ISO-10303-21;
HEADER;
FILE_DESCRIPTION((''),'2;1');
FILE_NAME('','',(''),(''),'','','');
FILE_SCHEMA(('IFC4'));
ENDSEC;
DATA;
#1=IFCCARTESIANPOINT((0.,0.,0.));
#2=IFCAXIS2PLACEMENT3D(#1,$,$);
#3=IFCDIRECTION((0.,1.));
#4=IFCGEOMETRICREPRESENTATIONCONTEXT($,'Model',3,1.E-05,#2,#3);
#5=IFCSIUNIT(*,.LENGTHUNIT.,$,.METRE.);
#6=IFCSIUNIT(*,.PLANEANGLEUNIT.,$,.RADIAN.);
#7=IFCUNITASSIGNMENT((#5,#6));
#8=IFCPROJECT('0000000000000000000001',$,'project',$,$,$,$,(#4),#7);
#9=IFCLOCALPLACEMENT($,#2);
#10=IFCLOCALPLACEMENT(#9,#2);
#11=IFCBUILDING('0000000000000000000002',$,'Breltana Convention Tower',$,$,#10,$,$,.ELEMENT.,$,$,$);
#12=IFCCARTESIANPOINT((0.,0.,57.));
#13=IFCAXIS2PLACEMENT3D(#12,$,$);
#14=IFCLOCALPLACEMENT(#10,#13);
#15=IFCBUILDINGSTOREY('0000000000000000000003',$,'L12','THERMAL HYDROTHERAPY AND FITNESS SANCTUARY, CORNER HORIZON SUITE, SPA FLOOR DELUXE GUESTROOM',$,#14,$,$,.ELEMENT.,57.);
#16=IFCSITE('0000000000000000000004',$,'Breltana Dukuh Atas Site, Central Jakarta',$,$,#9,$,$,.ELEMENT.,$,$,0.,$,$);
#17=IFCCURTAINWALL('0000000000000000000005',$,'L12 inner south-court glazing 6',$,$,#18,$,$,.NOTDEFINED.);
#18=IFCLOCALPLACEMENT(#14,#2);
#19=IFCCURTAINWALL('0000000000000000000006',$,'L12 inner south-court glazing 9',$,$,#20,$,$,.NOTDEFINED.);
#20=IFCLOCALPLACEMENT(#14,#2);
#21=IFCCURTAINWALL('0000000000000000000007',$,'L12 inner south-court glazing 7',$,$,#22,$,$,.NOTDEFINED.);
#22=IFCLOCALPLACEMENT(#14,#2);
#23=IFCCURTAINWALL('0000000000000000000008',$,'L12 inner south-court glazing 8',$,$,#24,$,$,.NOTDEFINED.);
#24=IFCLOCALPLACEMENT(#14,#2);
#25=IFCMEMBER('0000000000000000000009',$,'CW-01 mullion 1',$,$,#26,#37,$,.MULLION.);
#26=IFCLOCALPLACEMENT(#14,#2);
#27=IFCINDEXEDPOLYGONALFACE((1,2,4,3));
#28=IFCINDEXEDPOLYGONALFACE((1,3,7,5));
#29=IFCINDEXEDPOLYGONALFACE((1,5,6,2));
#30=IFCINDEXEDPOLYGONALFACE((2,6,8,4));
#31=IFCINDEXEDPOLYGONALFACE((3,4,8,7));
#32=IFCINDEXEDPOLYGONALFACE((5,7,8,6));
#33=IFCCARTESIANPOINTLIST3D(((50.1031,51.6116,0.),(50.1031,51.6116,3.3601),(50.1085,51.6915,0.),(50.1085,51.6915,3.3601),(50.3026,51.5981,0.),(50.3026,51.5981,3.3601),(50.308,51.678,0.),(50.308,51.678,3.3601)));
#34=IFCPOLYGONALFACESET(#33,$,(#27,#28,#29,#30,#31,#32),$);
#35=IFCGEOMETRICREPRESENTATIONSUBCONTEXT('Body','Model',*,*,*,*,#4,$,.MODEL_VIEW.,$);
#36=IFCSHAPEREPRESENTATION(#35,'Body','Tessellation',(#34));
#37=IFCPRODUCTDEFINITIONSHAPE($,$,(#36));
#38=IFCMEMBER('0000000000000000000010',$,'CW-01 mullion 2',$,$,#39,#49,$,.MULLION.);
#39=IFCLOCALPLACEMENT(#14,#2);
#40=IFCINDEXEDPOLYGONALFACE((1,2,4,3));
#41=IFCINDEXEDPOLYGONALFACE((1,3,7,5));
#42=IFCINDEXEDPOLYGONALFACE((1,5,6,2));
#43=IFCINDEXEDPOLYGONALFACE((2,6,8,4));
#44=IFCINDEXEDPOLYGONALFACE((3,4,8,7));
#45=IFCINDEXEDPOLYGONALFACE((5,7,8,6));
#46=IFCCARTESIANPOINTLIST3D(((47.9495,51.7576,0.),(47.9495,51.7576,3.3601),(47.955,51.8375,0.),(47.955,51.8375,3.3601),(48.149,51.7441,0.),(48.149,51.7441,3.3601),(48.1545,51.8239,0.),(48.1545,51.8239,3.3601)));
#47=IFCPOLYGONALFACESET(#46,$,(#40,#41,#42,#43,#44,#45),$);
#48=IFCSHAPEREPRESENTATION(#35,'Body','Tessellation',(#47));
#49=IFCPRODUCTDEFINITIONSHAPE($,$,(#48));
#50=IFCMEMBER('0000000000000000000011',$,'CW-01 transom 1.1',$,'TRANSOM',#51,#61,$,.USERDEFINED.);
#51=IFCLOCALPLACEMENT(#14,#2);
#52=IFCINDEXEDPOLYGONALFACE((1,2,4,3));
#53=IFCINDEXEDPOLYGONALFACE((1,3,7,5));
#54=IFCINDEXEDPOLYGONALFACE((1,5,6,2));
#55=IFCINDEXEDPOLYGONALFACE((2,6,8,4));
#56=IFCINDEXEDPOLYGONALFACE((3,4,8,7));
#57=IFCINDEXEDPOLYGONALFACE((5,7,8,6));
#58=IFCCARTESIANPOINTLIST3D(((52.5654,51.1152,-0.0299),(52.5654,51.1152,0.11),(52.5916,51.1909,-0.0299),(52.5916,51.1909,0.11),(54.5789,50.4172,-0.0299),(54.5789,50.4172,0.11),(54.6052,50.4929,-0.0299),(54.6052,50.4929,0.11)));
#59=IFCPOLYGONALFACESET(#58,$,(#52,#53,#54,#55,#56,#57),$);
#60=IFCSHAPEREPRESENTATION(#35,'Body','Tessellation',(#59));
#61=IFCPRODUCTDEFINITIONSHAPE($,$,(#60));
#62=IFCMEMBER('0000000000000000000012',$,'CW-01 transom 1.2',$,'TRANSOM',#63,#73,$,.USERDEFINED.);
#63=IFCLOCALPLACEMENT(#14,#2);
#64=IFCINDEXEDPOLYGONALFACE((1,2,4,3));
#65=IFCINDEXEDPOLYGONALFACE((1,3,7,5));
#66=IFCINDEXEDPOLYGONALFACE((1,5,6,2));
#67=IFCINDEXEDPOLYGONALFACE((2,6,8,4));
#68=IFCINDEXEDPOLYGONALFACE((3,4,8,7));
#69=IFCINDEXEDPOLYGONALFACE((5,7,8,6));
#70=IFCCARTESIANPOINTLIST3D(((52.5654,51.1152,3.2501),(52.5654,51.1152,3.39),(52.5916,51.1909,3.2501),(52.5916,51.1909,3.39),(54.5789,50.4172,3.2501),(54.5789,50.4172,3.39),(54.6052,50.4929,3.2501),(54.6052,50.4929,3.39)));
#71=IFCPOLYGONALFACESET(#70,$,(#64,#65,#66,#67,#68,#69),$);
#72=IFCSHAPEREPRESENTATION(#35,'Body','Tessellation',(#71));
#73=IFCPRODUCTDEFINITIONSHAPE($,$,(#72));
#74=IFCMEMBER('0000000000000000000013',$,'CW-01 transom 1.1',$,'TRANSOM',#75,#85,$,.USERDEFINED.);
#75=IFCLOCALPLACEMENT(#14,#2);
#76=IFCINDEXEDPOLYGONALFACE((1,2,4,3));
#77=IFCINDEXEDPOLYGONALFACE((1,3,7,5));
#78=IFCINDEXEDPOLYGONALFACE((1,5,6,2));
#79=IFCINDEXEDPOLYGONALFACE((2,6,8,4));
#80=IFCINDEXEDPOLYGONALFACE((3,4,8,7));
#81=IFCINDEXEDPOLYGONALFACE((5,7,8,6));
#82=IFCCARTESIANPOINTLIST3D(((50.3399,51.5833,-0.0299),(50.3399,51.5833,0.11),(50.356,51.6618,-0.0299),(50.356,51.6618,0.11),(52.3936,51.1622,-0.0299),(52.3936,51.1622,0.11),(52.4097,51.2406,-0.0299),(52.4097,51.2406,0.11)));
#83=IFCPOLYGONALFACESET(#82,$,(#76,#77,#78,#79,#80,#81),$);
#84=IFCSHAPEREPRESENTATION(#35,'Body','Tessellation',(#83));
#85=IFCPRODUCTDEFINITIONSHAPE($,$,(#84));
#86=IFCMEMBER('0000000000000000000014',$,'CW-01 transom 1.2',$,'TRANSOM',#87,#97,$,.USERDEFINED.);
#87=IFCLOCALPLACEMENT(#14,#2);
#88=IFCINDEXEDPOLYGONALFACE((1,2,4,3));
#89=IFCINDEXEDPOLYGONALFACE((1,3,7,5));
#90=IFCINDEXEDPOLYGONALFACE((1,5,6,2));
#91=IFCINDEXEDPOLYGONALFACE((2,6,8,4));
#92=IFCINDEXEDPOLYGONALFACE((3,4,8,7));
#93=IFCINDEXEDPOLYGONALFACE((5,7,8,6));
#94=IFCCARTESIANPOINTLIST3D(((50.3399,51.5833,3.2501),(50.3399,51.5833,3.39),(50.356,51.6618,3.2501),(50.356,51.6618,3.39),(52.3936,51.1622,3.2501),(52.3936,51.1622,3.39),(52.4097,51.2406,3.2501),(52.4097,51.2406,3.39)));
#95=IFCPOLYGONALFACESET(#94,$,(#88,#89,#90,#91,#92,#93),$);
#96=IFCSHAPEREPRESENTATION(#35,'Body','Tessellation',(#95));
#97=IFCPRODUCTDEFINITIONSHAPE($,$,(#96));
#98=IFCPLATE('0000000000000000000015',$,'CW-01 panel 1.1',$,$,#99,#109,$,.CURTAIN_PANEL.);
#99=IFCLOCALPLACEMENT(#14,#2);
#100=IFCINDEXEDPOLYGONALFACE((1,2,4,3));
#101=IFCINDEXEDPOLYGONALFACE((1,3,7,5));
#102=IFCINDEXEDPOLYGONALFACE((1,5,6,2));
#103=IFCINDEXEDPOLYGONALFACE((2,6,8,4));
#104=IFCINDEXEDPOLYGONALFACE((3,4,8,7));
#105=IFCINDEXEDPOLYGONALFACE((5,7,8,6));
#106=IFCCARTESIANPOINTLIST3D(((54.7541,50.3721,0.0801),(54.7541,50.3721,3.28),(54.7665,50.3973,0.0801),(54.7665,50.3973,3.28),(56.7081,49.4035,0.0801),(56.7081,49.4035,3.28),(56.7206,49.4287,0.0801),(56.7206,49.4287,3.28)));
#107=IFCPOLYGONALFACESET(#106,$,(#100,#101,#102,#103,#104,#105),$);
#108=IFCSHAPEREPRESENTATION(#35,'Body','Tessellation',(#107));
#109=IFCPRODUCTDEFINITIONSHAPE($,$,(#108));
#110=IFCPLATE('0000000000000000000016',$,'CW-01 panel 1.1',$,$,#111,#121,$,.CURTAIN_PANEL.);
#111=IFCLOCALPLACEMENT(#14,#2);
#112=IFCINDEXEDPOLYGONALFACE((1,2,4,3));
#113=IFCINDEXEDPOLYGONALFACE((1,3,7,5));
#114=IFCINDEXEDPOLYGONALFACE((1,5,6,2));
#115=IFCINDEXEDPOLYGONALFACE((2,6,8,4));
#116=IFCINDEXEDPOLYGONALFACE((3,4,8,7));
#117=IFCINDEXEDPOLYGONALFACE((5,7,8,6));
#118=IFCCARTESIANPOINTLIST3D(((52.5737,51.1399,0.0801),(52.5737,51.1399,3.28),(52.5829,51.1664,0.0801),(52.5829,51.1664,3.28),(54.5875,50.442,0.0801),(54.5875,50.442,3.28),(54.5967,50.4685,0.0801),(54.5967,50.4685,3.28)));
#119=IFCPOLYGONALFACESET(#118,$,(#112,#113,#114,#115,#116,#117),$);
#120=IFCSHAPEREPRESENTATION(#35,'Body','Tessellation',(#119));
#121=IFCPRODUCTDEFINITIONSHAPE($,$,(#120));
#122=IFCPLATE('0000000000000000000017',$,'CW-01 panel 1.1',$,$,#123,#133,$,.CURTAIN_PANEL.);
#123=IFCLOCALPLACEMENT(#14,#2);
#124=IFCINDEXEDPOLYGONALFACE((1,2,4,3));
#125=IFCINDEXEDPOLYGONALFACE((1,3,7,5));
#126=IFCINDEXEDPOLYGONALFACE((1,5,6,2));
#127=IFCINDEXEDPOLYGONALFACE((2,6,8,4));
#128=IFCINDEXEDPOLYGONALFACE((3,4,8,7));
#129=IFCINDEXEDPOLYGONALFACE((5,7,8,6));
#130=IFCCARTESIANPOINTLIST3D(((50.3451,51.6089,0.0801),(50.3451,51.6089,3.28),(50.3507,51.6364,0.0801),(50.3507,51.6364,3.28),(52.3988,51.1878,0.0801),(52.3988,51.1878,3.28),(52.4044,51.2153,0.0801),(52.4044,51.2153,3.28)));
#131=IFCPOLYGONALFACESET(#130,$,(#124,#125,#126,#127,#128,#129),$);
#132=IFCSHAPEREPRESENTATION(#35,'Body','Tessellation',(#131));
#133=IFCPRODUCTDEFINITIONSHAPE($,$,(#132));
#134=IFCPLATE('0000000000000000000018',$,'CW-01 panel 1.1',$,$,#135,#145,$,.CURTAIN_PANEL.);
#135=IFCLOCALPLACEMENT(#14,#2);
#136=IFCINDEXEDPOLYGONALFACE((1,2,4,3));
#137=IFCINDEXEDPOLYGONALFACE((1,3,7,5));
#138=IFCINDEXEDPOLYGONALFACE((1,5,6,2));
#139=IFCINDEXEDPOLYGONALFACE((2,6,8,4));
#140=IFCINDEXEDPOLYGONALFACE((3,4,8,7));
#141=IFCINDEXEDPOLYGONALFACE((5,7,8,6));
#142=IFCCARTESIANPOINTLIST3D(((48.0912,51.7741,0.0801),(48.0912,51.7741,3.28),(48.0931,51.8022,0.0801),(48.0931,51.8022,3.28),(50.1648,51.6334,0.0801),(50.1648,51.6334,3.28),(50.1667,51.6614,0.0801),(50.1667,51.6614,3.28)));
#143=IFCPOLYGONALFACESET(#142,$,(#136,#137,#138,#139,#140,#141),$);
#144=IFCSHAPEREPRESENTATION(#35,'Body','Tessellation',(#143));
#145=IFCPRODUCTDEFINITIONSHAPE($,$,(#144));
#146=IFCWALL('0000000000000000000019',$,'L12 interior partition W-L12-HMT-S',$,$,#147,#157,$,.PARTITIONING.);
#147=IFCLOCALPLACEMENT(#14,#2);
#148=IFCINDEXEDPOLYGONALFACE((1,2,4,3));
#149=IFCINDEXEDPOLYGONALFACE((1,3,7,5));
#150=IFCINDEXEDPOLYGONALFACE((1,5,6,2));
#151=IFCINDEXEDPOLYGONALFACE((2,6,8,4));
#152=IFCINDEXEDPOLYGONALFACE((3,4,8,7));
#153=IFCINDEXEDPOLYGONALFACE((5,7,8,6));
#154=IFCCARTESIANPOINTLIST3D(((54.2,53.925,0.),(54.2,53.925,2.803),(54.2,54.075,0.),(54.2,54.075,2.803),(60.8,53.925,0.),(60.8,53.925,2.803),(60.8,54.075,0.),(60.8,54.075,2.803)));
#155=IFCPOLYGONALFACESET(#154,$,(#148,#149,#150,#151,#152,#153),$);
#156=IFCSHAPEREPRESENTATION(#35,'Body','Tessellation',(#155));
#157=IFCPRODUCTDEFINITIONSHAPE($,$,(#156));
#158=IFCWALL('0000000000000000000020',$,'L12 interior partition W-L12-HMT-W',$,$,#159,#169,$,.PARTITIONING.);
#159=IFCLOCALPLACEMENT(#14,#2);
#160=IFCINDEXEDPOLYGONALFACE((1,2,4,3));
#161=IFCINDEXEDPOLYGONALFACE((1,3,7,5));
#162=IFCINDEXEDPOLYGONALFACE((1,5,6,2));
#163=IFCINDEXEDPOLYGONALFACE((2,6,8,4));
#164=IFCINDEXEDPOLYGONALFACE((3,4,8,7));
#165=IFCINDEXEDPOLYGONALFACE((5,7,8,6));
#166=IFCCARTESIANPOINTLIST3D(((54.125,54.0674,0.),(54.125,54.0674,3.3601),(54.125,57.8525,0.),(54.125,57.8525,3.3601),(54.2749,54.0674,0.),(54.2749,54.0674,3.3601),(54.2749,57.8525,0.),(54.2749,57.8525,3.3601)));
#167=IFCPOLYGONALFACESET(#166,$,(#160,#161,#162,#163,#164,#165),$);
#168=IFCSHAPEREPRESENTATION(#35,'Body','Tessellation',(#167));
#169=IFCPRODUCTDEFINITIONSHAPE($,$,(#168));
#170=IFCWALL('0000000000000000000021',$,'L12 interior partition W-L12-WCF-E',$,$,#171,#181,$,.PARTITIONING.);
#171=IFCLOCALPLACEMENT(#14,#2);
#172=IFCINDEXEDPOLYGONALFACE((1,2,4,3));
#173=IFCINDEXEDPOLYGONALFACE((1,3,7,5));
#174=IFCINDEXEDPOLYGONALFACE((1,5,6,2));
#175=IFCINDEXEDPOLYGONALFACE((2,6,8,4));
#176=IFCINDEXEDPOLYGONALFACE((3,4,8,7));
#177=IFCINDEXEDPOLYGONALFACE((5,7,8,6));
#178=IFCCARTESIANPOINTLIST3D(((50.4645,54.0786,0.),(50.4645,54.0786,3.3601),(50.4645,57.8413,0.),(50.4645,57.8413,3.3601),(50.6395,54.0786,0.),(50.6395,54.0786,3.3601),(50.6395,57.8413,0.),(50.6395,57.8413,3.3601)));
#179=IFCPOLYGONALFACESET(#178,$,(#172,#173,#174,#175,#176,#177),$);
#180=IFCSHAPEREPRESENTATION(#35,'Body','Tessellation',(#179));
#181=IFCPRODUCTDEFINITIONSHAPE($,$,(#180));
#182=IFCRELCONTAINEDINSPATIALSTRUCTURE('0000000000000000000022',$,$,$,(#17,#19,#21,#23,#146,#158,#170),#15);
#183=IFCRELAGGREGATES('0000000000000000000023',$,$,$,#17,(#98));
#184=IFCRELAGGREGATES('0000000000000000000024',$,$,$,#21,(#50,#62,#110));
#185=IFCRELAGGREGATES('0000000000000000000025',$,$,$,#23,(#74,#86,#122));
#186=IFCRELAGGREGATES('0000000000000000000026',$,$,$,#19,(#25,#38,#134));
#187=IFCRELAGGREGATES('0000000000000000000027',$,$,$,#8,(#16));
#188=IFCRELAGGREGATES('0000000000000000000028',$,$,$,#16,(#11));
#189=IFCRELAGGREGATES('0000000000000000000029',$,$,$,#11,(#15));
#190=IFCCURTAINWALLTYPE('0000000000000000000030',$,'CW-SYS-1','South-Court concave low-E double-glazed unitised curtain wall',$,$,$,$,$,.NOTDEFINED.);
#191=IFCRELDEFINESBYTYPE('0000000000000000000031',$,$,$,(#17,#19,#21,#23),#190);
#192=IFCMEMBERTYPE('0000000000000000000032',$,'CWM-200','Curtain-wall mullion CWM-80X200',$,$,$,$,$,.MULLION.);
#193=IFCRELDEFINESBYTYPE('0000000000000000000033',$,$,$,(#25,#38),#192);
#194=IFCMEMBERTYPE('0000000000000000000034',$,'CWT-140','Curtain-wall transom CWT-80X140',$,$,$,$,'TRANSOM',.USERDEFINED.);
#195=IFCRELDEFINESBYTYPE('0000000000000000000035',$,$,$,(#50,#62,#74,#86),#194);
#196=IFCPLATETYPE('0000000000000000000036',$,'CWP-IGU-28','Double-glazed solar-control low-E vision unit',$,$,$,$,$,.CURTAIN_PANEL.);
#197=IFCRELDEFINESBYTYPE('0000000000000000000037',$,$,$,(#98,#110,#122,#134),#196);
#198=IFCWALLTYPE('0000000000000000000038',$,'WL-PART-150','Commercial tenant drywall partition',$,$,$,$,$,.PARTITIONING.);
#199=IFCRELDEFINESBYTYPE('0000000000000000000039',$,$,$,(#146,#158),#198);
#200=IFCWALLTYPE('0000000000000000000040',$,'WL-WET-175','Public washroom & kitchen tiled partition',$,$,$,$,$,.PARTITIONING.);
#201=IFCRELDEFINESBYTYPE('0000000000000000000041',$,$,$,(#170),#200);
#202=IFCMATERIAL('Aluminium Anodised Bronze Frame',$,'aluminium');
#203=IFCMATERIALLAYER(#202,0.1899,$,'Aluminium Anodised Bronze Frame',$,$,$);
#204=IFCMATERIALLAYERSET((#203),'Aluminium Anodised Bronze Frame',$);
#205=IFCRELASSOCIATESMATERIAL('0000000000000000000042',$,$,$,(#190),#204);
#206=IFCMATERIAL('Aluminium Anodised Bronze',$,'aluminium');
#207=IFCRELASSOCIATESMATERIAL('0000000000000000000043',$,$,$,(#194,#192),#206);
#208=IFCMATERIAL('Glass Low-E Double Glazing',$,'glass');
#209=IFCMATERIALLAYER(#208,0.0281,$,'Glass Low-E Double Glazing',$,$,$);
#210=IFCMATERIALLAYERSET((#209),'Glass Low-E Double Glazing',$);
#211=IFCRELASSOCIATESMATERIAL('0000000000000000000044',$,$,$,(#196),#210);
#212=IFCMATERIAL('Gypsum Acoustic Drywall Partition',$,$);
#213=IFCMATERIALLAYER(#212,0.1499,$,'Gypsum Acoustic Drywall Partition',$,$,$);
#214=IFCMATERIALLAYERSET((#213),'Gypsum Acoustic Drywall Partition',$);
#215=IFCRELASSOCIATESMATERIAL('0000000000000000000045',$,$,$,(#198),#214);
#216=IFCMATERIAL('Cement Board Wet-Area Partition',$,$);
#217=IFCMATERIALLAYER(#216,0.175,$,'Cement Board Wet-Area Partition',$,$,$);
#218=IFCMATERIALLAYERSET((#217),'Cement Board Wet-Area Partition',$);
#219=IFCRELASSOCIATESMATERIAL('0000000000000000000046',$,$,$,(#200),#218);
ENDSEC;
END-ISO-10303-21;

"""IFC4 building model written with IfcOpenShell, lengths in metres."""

from ifc_helpers import new_model, si_unit, direction, frame, frame_2d, origin, origin_2d, place, context, subcontext, project, spatial, rectangle, extrude, source, transform, mapped, material, layer, layer_set, material_profile, profile_set, type_object, element, aggregate, save


model = new_model("IFC4")

# Units and contexts
model_context = context("Model", 3, precision=1e-05, world=origin(), true_north=direction((0.0, 1.0)))
body_context = subcontext(model_context, "Body", "Model", "MODEL_VIEW")
ifc_project = project(units=[si_unit("LENGTHUNIT", "METRE"), si_unit("PLANEANGLEUNIT", "RADIAN")], contexts=[model_context])

# Site, building, storey
site_placement = place(None, origin())
site = spatial("IfcSite", under=ifc_project, at=site_placement, Name="Breltana Dukuh Atas Site, Central Jakarta", CompositionType="ELEMENT", RefElevation=0.0)
building_placement = place(site_placement, origin())
building = spatial("IfcBuilding", under=site, at=building_placement, Name="Breltana Convention Tower", CompositionType="ELEMENT")
storey_placement = place(building_placement, frame((0.0, 0.0, 57.0)))
storey = spatial("IfcBuildingStorey", under=building, at=storey_placement, Name="L12", Description="THERMAL HYDROTHERAPY AND FITNESS SANCTUARY, CORNER HORIZON SUITE, SPA FLOOR DELUXE GUESTROOM", CompositionType="ELEMENT", Elevation=57.0)

# Curtain wall
ifc_material_1 = material(Name="Aluminium Anodised Bronze Frame", Category="aluminium")
ifc_layer_1 = layer(ifc_material_1, 0.1899, Name="Aluminium Anodised Bronze Frame")
ifc_layer_set_1 = layer_set([ifc_layer_1], Name="Aluminium Anodised Bronze Frame")
curtain_wall_type = type_object("IfcCurtainWallType", Name="CW-SYS-1", Description="South-Court concave low-E double-glazed unitised curtain wall", PredefinedType="NOTDEFINED", material=ifc_layer_set_1)
curtain_wall_1_placement = place(storey_placement, origin())
curtain_wall_1 = element("IfcCurtainWall", 1, at=curtain_wall_1_placement, inside=storey, type_object=curtain_wall_type, Name="L12 inner south-court glazing 6", PredefinedType="NOTDEFINED")
ifc_material_2 = material(Name="Aluminium Anodised Bronze", Category="aluminium")
ifc_material_profile_1 = material_profile(ifc_material_2, rectangle(XDim=0.0801, YDim=0.1399, at=origin_2d()), Name="CWT-80X140")
ifc_profile_set_1 = profile_set([ifc_material_profile_1], Name="Aluminium Anodised Bronze")
member_type_1 = type_object("IfcMemberType", Name="CWT-140", Description="Curtain-wall transom CWT-80X140", ElementType="TRANSOM", PredefinedType="USERDEFINED", material=ifc_profile_set_1)

# Curtain wall
curtain_wall_2_placement = place(storey_placement, origin())
curtain_wall_2 = element("IfcCurtainWall", 2, at=curtain_wall_2_placement, inside=storey, type_object=curtain_wall_type, Name="L12 inner south-court glazing 9", PredefinedType="NOTDEFINED")

# Shared definitions
ifc_material_profile_2 = material_profile(ifc_material_2, rectangle(XDim=0.0801, YDim=0.2, at=origin_2d()), Name="CWM-80X200")
ifc_profile_set_2 = profile_set([ifc_material_profile_2], Name="Aluminium Anodised Bronze")
member_type_2 = type_object("IfcMemberType", Name="CWM-200", Description="Curtain-wall mullion CWM-80X200", PredefinedType="MULLION", material=ifc_profile_set_2)
shared_shape_1 = source(origin(), body_context, "Body", "SweptSolid", [
    extrude(rectangle(XDim=0.0801, YDim=0.2, at=origin_2d()), origin(), (0.0, 0.0, 1.0), 3.3601),
])

# Curtain walls
curtain_wall_3_placement = place(storey_placement, origin())
curtain_wall_3 = element("IfcCurtainWall", 3, at=curtain_wall_3_placement, inside=storey, type_object=curtain_wall_type, Name="L12 inner south-court glazing 7", PredefinedType="NOTDEFINED")
curtain_wall_4_placement = place(storey_placement, origin())
curtain_wall_4 = element("IfcCurtainWall", 4, at=curtain_wall_4_placement, inside=storey, type_object=curtain_wall_type, Name="L12 inner south-court glazing 8", PredefinedType="NOTDEFINED")

# Members
member_1_placement = place(storey_placement, frame((50.2056, 51.6448, 0.0), z_axis=(0.0, 0.0, 1.0), x_axis=(-0.067726, -0.997704, 0.0)))
member_1 = element("IfcMember", 5, at=member_1_placement, type_object=member_type_2, Name="CW-01 mullion 1", PredefinedType="MULLION", context=body_context, shape_type="MappedRepresentation", body=[
    mapped(shared_shape_1, transform((0.0, 0.0, 0.0), scale=1.0)),
])
member_2_placement = place(storey_placement, frame((48.052, 51.7908, 0.0), z_axis=(0.0, 0.0, 1.0), x_axis=(-0.067726, -0.997704, 0.0)))
member_2 = element("IfcMember", 6, at=member_2_placement, type_object=member_type_2, Name="CW-01 mullion 2", PredefinedType="MULLION", context=body_context, shape_type="MappedRepresentation", body=[
    mapped(shared_shape_1, transform((0.0, 0.0, 0.0), scale=1.0)),
])
shared_shape_2 = source(origin(), body_context, "Body", "SweptSolid", [
    extrude(rectangle(XDim=0.0801, YDim=0.1399, at=origin_2d()), origin(), (0.0, 0.0, 1.0), 2.1311),
])
member_3_placement = place(storey_placement, frame((54.592, 50.4551, 0.04), z_axis=(-0.944847, 0.327512, 0.0), x_axis=(-0.327512, -0.944847, 0.0)))
member_3 = element("IfcMember", 7, at=member_3_placement, type_object=member_type_1, Name="CW-01 transom 1.1", ObjectType="TRANSOM", PredefinedType="USERDEFINED", context=body_context, shape_type="MappedRepresentation", body=[
    mapped(shared_shape_2, transform((0.0, 0.0, 0.0), scale=1.0)),
])
member_4_placement = place(storey_placement, frame((54.592, 50.4551, 3.3201), z_axis=(-0.944847, 0.327512, 0.0), x_axis=(-0.327512, -0.944847, 0.0)))
member_4 = element("IfcMember", 8, at=member_4_placement, type_object=member_type_1, Name="CW-01 transom 1.2", ObjectType="TRANSOM", PredefinedType="USERDEFINED", context=body_context, shape_type="MappedRepresentation", body=[
    mapped(shared_shape_2, transform((0.0, 0.0, 0.0), scale=1.0)),
])
shared_shape_3 = source(origin(), body_context, "Body", "SweptSolid", [
    extrude(rectangle(XDim=0.0801, YDim=0.1399, at=origin_2d()), origin(), (0.0, 0.0, 1.0), 2.0964),
])
member_5_placement = place(storey_placement, frame((52.4016, 51.2014, 0.04), z_axis=(-0.979615, 0.200884, 0.0), x_axis=(-0.200884, -0.979615, 0.0)))
member_5 = element("IfcMember", 9, at=member_5_placement, type_object=member_type_1, Name="CW-01 transom 1.1", ObjectType="TRANSOM", PredefinedType="USERDEFINED", context=body_context, shape_type="MappedRepresentation", body=[
    mapped(shared_shape_3, transform((0.0, 0.0, 0.0), scale=1.0)),
])
member_6_placement = place(storey_placement, frame((52.4016, 51.2014, 3.3201), z_axis=(-0.979615, 0.200884, 0.0), x_axis=(-0.200884, -0.979615, 0.0)))
member_6 = element("IfcMember", 10, at=member_6_placement, type_object=member_type_1, Name="CW-01 transom 1.2", ObjectType="TRANSOM", PredefinedType="USERDEFINED", context=body_context, shape_type="MappedRepresentation", body=[
    mapped(shared_shape_3, transform((0.0, 0.0, 0.0), scale=1.0)),
])

# Plates
ifc_material_3 = material(Name="Glass Low-E Double Glazing", Category="glass")
ifc_layer_2 = layer(ifc_material_3, 0.0281, Name="Glass Low-E Double Glazing")
ifc_layer_set_2 = layer_set([ifc_layer_2], Name="Glass Low-E Double Glazing")
plate_type = type_object("IfcPlateType", Name="CWP-IGU-28", Description="Double-glazed solar-control low-E vision unit", PredefinedType="CURTAIN_PANEL", material=ifc_layer_set_2)
shared_shape_4 = source(origin(), body_context, "Body", "SweptSolid", [
    extrude(rectangle(XDim=2.1809, YDim=0.0281, at=origin_2d()), origin(), (0.0, 0.0, 1.0), 3.2),
])
plate_1_placement = place(storey_placement, frame((55.7373, 49.9004, 0.0801), z_axis=(0.0, 0.0, 1.0), x_axis=(-0.895968, 0.444118, 0.0)))
plate_1 = element("IfcPlate", 11, at=plate_1_placement, type_object=plate_type, Name="CW-01 panel 1.1", PredefinedType="CURTAIN_PANEL", context=body_context, shape_type="MappedRepresentation", body=[
    mapped(shared_shape_4, transform((0.0, 0.0, 0.0), scale=1.0)),
])
aggregate(curtain_wall_1, [plate_1])
shared_shape_5 = source(origin(), body_context, "Body", "SweptSolid", [
    extrude(rectangle(XDim=2.1313, YDim=0.0281, at=origin_2d()), origin(), (0.0, 0.0, 1.0), 3.2),
])
plate_2_placement = place(storey_placement, frame((53.5852, 50.8042, 0.0801), z_axis=(0.0, 0.0, 1.0), x_axis=(-0.944881, 0.327413, 0.0)))
plate_2 = element("IfcPlate", 12, at=plate_2_placement, type_object=plate_type, Name="CW-01 panel 1.1", PredefinedType="CURTAIN_PANEL", context=body_context, shape_type="MappedRepresentation", body=[
    mapped(shared_shape_5, transform((0.0, 0.0, 0.0), scale=1.0)),
])
aggregate(curtain_wall_3, [member_3, member_4, plate_2])
shared_shape_6 = source(origin(), body_context, "Body", "SweptSolid", [
    extrude(rectangle(XDim=2.0964, YDim=0.0281, at=origin_2d()), origin(), (0.0, 0.0, 1.0), 3.2),
])
plate_3_placement = place(storey_placement, frame((51.3748, 51.4121, 0.0801), z_axis=(0.0, 0.0, 1.0), x_axis=(-0.979615, 0.200886, 0.0)))
plate_3 = element("IfcPlate", 13, at=plate_3_placement, type_object=plate_type, Name="CW-01 panel 1.1", PredefinedType="CURTAIN_PANEL", context=body_context, shape_type="MappedRepresentation", body=[
    mapped(shared_shape_6, transform((0.0, 0.0, 0.0), scale=1.0)),
])
aggregate(curtain_wall_4, [member_5, member_6, plate_3])
shared_shape_7 = source(origin(), body_context, "Body", "SweptSolid", [
    extrude(rectangle(XDim=2.0784, YDim=0.0281, at=origin_2d()), origin(), (0.0, 0.0, 1.0), 3.2),
])
plate_4_placement = place(storey_placement, frame((49.1289, 51.7178, 0.0801), z_axis=(0.0, 0.0, 1.0), x_axis=(-0.997704, 0.067726, 0.0)))
plate_4 = element("IfcPlate", 14, at=plate_4_placement, type_object=plate_type, Name="CW-01 panel 1.1", PredefinedType="CURTAIN_PANEL", context=body_context, shape_type="MappedRepresentation", body=[
    mapped(shared_shape_7, transform((0.0, 0.0, 0.0), scale=1.0)),
])
aggregate(curtain_wall_2, [member_1, member_2, plate_4])

# Walls
ifc_material_4 = material(Name="Gypsum Acoustic Drywall Partition")
ifc_layer_3 = layer(ifc_material_4, 0.1499, Name="Gypsum Acoustic Drywall Partition")
ifc_layer_set_3 = layer_set([ifc_layer_3], Name="Gypsum Acoustic Drywall Partition")
wall_type_1 = type_object("IfcWallType", Name="WL-PART-150", Description="Commercial tenant drywall partition", PredefinedType="PARTITIONING", material=ifc_layer_set_3)
shared_shape_8 = source(origin(), body_context, "Body", "SweptSolid", [
    extrude(rectangle(XDim=6.6001, YDim=0.1499, at=frame_2d((3.3, 0.0))), origin(), (0.0, 0.0, 1.0), 2.803),
])
wall_1_placement = place(storey_placement, frame((54.2, 54.0, 0.0), z_axis=(0.0, 0.0, 1.0), x_axis=(1.0, 0.0, 0.0)))
element("IfcWall", 15, at=wall_1_placement, inside=storey, type_object=wall_type_1, Name="L12 interior partition W-L12-HMT-S", PredefinedType="PARTITIONING", context=body_context, shape_type="MappedRepresentation", body=[
    mapped(shared_shape_8, transform((0.0, 0.0, 0.0), scale=1.0)),
])
shared_shape_9 = source(origin(), body_context, "Body", "SweptSolid", [
    extrude(rectangle(XDim=3.7852, YDim=0.1499, at=frame_2d((1.8926, 0.0))), origin(), (0.0, 0.0, 1.0), 3.3601),
])
wall_2_placement = place(storey_placement, frame((54.2, 54.0674, 0.0), z_axis=(0.0, 0.0, 1.0), x_axis=(0.0, 1.0, 0.0)))
element("IfcWall", 16, at=wall_2_placement, inside=storey, type_object=wall_type_1, Name="L12 interior partition W-L12-HMT-W", PredefinedType="PARTITIONING", context=body_context, shape_type="MappedRepresentation", body=[
    mapped(shared_shape_9, transform((0.0, 0.0, 0.0), scale=1.0)),
])
ifc_material_5 = material(Name="Cement Board Wet-Area Partition")
ifc_layer_4 = layer(ifc_material_5, 0.175, Name="Cement Board Wet-Area Partition")
ifc_layer_set_4 = layer_set([ifc_layer_4], Name="Cement Board Wet-Area Partition")
wall_type_2 = type_object("IfcWallType", Name="WL-WET-175", Description="Public washroom & kitchen tiled partition", PredefinedType="PARTITIONING", material=ifc_layer_set_4)
shared_shape_10 = source(origin(), body_context, "Body", "SweptSolid", [
    extrude(rectangle(XDim=3.7627, YDim=0.175, at=frame_2d((1.8813, 0.0))), origin(), (0.0, 0.0, 1.0), 3.3601),
])
for number, where, z_axis, x_axis, name in (
    (17, (50.552, 54.0786, 0.0), (0.0, 0.0, 1.0), (0.0, 1.0, 0.0), "L12 interior partition W-L12-WCF-E"),
):
    element("IfcWall", number, at=place(storey_placement, frame(where, z_axis=z_axis, x_axis=x_axis)), inside=storey, type_object=wall_type_2, Name=name, PredefinedType="PARTITIONING", context=body_context, shape_type="MappedRepresentation", body=[
        mapped(shared_shape_10, transform((0.0, 0.0, 0.0), scale=1.0)),
    ])

save(model, "model.ifc")
